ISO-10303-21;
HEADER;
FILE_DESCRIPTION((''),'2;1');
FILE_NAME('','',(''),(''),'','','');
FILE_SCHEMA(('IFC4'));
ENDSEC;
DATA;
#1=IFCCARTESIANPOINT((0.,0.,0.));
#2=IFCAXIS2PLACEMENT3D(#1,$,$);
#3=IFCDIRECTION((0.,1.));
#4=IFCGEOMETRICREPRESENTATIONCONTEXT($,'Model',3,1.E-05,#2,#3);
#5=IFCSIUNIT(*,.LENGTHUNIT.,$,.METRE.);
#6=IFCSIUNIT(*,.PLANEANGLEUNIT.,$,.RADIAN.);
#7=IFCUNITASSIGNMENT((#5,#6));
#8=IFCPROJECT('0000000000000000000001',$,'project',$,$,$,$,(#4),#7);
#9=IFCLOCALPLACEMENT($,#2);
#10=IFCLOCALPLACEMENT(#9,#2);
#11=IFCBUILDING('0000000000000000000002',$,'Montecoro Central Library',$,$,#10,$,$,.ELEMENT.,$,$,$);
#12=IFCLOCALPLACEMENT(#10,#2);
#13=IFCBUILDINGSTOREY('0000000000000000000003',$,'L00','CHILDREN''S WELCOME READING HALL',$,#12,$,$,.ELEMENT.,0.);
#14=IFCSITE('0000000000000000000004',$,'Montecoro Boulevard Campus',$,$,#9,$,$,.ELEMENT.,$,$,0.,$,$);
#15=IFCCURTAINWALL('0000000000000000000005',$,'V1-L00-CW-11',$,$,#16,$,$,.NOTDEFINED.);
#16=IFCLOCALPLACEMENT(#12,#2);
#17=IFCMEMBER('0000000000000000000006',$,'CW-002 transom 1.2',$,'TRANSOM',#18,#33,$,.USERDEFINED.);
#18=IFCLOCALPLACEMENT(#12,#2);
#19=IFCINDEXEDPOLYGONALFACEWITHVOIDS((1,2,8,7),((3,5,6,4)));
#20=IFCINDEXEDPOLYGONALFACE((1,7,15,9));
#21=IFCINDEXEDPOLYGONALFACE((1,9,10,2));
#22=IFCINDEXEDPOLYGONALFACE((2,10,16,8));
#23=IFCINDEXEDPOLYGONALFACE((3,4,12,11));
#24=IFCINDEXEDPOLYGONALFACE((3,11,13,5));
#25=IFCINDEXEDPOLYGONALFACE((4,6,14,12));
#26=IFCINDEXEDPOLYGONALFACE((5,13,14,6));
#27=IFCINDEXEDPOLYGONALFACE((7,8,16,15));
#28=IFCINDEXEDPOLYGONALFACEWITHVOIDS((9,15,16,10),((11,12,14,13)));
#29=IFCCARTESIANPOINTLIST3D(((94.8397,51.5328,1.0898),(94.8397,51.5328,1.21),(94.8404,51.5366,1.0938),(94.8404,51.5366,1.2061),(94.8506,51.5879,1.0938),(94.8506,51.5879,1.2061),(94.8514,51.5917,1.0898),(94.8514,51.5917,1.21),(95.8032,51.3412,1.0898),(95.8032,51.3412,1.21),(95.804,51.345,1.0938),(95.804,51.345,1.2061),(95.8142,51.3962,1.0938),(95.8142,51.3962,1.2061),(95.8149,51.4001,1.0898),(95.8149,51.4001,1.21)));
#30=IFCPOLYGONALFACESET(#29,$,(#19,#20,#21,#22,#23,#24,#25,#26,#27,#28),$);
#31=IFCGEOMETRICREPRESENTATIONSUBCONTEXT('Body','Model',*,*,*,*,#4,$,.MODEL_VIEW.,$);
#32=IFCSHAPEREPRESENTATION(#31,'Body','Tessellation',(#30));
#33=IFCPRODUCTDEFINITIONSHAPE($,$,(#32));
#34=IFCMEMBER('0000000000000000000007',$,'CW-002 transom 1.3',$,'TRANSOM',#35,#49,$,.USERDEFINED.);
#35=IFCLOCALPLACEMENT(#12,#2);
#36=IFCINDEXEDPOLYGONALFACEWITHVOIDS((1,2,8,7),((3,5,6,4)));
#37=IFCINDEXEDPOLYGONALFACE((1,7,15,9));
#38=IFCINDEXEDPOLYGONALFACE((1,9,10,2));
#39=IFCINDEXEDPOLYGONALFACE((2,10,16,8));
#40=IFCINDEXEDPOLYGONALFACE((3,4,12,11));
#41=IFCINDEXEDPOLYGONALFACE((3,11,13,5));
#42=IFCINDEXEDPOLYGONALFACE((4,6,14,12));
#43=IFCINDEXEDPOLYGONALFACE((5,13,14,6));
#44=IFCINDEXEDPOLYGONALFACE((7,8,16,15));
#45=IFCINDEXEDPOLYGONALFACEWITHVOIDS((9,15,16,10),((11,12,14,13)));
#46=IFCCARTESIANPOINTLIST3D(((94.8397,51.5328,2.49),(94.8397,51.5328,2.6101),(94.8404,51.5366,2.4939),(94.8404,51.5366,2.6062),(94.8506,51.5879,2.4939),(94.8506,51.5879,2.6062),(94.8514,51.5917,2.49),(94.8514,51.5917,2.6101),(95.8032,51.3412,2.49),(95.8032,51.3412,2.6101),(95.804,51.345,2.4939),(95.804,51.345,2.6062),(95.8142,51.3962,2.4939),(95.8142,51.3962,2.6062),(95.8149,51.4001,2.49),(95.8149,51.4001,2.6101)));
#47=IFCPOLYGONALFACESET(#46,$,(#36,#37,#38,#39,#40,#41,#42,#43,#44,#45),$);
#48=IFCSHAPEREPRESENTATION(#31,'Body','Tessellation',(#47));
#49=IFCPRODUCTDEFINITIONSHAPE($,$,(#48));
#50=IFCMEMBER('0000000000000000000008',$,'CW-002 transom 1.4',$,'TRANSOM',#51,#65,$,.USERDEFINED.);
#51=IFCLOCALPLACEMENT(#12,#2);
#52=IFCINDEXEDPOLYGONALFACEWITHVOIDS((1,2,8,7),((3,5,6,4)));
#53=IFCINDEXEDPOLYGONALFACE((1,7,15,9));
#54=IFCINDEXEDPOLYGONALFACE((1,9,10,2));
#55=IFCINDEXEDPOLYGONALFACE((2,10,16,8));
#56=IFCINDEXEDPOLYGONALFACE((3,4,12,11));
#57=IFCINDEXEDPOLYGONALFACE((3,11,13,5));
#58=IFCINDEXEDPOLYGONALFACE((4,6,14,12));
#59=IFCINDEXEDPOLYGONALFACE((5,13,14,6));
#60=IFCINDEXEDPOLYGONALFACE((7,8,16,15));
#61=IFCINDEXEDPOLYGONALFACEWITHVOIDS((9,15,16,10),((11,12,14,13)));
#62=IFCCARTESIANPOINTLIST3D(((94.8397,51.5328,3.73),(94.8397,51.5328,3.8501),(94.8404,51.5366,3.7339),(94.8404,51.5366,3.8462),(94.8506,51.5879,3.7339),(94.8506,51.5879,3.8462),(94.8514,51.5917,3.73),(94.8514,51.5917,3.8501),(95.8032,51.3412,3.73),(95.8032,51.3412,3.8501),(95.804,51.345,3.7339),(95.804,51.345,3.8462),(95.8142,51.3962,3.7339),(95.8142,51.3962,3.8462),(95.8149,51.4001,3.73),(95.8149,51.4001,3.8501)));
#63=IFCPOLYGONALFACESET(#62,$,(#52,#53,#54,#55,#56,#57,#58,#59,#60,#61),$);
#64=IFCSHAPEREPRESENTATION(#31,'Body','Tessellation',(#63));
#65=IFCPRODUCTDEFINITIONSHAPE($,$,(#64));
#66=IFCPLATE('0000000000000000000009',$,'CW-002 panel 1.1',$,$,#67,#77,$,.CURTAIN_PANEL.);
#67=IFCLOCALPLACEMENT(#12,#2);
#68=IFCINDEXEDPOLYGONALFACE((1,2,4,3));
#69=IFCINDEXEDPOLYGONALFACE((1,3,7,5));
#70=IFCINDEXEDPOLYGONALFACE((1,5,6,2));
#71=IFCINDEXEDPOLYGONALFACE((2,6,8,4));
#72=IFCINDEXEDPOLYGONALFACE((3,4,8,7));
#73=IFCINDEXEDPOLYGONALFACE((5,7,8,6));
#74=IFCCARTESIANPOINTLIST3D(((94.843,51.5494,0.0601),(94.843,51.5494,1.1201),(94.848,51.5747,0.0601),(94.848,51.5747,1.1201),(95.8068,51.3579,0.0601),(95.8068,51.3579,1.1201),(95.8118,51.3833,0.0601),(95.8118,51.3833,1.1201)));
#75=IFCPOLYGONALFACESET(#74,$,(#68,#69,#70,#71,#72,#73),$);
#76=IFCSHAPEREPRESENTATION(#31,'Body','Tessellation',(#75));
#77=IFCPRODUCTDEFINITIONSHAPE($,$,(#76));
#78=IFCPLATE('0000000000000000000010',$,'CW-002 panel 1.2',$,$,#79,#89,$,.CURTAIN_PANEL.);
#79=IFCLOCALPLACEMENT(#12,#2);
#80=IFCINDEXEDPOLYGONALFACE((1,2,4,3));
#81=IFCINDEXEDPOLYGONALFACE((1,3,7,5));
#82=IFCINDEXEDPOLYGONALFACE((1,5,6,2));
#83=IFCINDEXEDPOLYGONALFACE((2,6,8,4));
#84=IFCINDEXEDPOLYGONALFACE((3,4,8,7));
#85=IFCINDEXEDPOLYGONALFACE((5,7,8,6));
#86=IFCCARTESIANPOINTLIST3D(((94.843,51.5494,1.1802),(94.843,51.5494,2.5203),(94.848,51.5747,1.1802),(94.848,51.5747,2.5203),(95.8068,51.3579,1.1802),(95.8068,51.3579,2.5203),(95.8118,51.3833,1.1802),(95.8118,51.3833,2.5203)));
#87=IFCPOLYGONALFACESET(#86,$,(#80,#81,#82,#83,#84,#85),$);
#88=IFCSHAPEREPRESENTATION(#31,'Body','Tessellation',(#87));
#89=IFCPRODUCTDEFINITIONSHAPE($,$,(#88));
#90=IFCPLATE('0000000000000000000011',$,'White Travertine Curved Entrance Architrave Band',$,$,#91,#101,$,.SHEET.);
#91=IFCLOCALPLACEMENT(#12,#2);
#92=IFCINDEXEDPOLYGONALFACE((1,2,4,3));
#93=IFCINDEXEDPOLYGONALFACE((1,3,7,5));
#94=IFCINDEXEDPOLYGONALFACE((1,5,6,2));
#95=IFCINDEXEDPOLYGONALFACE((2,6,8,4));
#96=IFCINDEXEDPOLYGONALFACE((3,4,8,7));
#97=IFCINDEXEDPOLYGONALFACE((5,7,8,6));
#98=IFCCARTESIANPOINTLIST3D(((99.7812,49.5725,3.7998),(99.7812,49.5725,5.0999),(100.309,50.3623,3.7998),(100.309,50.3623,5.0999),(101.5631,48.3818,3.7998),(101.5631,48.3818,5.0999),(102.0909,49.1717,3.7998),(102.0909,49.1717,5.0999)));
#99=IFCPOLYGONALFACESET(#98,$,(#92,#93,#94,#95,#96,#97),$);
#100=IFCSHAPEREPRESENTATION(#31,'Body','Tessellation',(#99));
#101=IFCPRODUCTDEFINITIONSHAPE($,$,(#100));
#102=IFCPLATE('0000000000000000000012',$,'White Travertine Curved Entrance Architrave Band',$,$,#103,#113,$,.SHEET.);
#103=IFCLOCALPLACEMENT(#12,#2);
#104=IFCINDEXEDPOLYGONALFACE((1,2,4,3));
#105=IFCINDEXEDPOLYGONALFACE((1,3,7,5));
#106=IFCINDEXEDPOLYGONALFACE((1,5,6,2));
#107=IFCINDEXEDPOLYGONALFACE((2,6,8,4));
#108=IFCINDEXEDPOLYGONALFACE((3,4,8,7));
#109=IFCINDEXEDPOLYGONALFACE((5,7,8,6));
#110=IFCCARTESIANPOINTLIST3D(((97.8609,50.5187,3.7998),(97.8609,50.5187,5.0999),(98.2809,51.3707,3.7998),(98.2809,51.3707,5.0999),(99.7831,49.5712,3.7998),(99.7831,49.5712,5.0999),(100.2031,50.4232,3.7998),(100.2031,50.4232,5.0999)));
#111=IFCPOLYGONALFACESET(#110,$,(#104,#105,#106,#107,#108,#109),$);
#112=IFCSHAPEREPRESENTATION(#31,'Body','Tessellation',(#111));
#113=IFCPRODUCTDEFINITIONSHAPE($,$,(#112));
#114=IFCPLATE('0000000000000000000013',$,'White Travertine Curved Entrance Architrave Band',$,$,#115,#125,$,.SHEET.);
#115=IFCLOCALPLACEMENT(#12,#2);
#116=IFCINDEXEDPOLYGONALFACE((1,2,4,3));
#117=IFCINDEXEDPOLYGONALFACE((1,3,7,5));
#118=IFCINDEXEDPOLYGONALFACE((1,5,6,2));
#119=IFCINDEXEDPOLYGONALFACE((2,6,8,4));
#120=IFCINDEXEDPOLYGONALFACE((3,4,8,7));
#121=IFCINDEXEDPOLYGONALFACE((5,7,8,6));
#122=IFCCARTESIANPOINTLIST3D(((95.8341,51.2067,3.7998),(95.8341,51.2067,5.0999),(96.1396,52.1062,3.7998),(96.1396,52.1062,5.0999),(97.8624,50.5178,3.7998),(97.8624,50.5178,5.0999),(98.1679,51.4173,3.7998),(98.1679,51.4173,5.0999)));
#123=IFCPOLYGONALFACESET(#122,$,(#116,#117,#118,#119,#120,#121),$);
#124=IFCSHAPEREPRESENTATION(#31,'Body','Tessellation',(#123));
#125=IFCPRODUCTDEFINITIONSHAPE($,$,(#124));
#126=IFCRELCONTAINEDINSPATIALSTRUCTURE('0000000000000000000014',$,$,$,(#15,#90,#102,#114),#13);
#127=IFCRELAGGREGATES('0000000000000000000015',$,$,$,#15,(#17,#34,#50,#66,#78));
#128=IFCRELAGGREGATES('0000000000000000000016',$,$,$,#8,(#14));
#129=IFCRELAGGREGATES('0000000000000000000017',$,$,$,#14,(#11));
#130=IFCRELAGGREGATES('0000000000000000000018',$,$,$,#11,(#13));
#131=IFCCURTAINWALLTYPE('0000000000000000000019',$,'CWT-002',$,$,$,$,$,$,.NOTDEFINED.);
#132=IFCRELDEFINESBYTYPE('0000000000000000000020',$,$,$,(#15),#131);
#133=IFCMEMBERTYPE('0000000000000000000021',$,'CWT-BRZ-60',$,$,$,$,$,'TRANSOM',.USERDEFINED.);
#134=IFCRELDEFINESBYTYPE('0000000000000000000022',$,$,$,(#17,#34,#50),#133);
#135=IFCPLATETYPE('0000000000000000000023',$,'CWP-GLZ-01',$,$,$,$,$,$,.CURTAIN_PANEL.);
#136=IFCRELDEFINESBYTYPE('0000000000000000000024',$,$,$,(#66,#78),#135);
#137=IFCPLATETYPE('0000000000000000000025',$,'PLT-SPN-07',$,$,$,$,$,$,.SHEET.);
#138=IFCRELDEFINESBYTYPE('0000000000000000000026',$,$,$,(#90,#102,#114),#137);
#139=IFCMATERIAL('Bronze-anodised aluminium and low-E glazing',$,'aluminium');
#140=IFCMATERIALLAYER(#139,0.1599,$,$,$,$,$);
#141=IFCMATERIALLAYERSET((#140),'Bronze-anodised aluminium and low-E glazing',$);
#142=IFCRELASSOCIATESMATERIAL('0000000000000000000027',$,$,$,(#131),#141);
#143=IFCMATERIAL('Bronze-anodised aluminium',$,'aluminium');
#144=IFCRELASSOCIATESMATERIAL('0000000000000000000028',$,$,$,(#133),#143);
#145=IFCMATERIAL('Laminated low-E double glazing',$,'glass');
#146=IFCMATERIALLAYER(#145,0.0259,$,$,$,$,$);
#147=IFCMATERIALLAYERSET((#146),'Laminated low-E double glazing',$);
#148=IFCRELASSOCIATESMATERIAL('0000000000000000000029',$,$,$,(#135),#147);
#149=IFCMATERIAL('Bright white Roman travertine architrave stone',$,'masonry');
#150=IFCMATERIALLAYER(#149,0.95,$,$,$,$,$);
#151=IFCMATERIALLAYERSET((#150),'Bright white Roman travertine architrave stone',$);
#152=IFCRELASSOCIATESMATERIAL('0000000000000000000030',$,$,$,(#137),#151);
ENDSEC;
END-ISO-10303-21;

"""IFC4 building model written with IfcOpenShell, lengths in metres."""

from ifc_helpers import new_model, si_unit, direction, frame, origin, origin_2d, place, context, subcontext, project, spatial, rectangle, hollow_rectangle, extrude, material, layer, layer_set, material_profile, profile_set, type_object, element, aggregate, save


model = new_model("IFC4")

# Units and contexts
model_context = context("Model", 3, precision=1e-05, world=origin(), true_north=direction((0.0, 1.0)))
body_context = subcontext(model_context, "Body", "Model", "MODEL_VIEW")
ifc_project = project(units=[si_unit("LENGTHUNIT", "METRE"), si_unit("PLANEANGLEUNIT", "RADIAN")], contexts=[model_context])

# Site, building, storey
site_placement = place(None, origin())
site = spatial("IfcSite", under=ifc_project, at=site_placement, Name="Montecoro Boulevard Campus", CompositionType="ELEMENT", RefElevation=0.0)
building_placement = place(site_placement, origin())
building = spatial("IfcBuilding", under=site, at=building_placement, Name="Montecoro Central Library", CompositionType="ELEMENT")
storey_placement = place(building_placement, origin())
storey = spatial("IfcBuildingStorey", under=building, at=storey_placement, Name="L00", Description="CHILDREN'S WELCOME READING HALL", CompositionType="ELEMENT", Elevation=0.0)

# Curtain wall, members, plates
ifc_material_1 = material(Name="Bronze-anodised aluminium and low-E glazing", Category="aluminium")
ifc_layer_1 = layer(ifc_material_1, 0.1599)
ifc_layer_set_1 = layer_set([ifc_layer_1], Name="Bronze-anodised aluminium and low-E glazing")
curtain_wall_type = type_object("IfcCurtainWallType", Name="CWT-002", PredefinedType="NOTDEFINED", material=ifc_layer_set_1)
curtain_wall_placement = place(storey_placement, origin())
curtain_wall = element("IfcCurtainWall", 1, at=curtain_wall_placement, inside=storey, type_object=curtain_wall_type, Name="V1-L00-CW-11", PredefinedType="NOTDEFINED")
ifc_material_2 = material(Name="Bronze-anodised aluminium", Category="aluminium")
ifc_material_profile_1 = material_profile(ifc_material_2, hollow_rectangle(XDim=0.0601, YDim=0.1201, WallThickness=0.0039, at=origin_2d()), Name="CWT 120x60x4.0")
ifc_profile_set_1 = profile_set([ifc_material_profile_1], Name="Bronze-anodised aluminium")
member_type_1 = type_object("IfcMemberType", Name="CWT-BRZ-60", ElementType="TRANSOM", PredefinedType="USERDEFINED", material=ifc_profile_set_1)
member_1_placement = place(storey_placement, frame((95.8091, 51.3706, 1.1499), z_axis=(-0.98079, 0.195065, 0.0), x_axis=(-0.195065, -0.98079, 0.0)))
member_1 = element("IfcMember", 2, at=member_1_placement, type_object=member_type_1, Name="CW-002 transom 1.2", ObjectType="TRANSOM", PredefinedType="USERDEFINED", context=body_context, shape_type="SweptSolid", body=[
    extrude(hollow_rectangle(XDim=0.0601, YDim=0.1201, WallThickness=0.0039, at=origin_2d()), origin(), (0.0, 0.0, 1.0), 0.9824),
])
member_2_placement = place(storey_placement, frame((95.8091, 51.3706, 2.55), z_axis=(-0.98079, 0.195065, 0.0), x_axis=(-0.195065, -0.98079, 0.0)))
member_2 = element("IfcMember", 3, at=member_2_placement, type_object=member_type_1, Name="CW-002 transom 1.3", ObjectType="TRANSOM", PredefinedType="USERDEFINED", context=body_context, shape_type="SweptSolid", body=[
    extrude(hollow_rectangle(XDim=0.0601, YDim=0.1201, WallThickness=0.0039, at=origin_2d()), origin(), (0.0, 0.0, 1.0), 0.9824),
])
member_3_placement = place(storey_placement, frame((95.8091, 51.3706, 3.79), z_axis=(-0.98079, 0.195065, 0.0), x_axis=(-0.195065, -0.98079, 0.0)))
member_3 = element("IfcMember", 4, at=member_3_placement, type_object=member_type_1, Name="CW-002 transom 1.4", ObjectType="TRANSOM", PredefinedType="USERDEFINED", context=body_context, shape_type="SweptSolid", body=[
    extrude(hollow_rectangle(XDim=0.0601, YDim=0.1201, WallThickness=0.0039, at=origin_2d()), origin(), (0.0, 0.0, 1.0), 0.9824),
])
ifc_material_3 = material(Name="Laminated low-E double glazing", Category="glass")
ifc_layer_2 = layer(ifc_material_3, 0.0259)
ifc_layer_set_2 = layer_set([ifc_layer_2], Name="Laminated low-E double glazing")
plate_type_1 = type_object("IfcPlateType", Name="CWP-GLZ-01", PredefinedType="CURTAIN_PANEL", material=ifc_layer_set_2)
plate_1_placement = place(storey_placement, frame((95.3274, 51.4663, 0.0601), z_axis=(0.0, 0.0, 1.0), x_axis=(-0.980831, 0.194861, 0.0)))
plate_1 = element("IfcPlate", 5, at=plate_1_placement, type_object=plate_type_1, Name="CW-002 panel 1.1", PredefinedType="CURTAIN_PANEL", context=body_context, shape_type="SweptSolid", body=[
    extrude(rectangle(XDim=0.9827, YDim=0.0259, at=origin_2d()), origin(), (0.0, 0.0, 1.0), 1.0601),
])
plate_2_placement = place(storey_placement, frame((95.3274, 51.4663, 1.1802), z_axis=(0.0, 0.0, 1.0), x_axis=(-0.980831, 0.194861, 0.0)))
plate_2 = element("IfcPlate", 6, at=plate_2_placement, type_object=plate_type_1, Name="CW-002 panel 1.2", PredefinedType="CURTAIN_PANEL", context=body_context, shape_type="SweptSolid", body=[
    extrude(rectangle(XDim=0.9827, YDim=0.0259, at=origin_2d()), origin(), (0.0, 0.0, 1.0), 1.3401),
])
aggregate(curtain_wall, [member_1, member_2, member_3, plate_1, plate_2])

# Plates
ifc_material_4 = material(Name="Bright white Roman travertine architrave stone", Category="masonry")
ifc_layer_3 = layer(ifc_material_4, 0.95)
ifc_layer_set_3 = layer_set([ifc_layer_3], Name="Bright white Roman travertine architrave stone")
plate_type_2 = type_object("IfcPlateType", Name="PLT-SPN-07", PredefinedType="SHEET", material=ifc_layer_set_3)
for number, where, z_axis, x_axis, name in (
    (7, (100.936, 49.3721, 3.7998), (0.0, 0.0, 1.0), (-0.83147, 0.55557, 0.0), "White Travertine Curved Entrance Architrave Band"),
    (8, (99.032, 50.4709, 3.7998), (0.0, 0.0, 1.0), (-0.89695, 0.442132, 0.0), "White Travertine Curved Entrance Architrave Band"),
):
    element("IfcPlate", number, at=place(storey_placement, frame(where, z_axis=z_axis, x_axis=x_axis)), inside=storey, type_object=plate_type_2, Name=name, PredefinedType="SHEET", context=body_context, shape_type="SweptSolid", body=[
        extrude(rectangle(XDim=2.1431, YDim=0.95, at=origin_2d()), origin(), (0.0, 0.0, 1.0), 1.3),
    ])
plate_3_placement = place(storey_placement, frame((97.001, 51.312, 3.7998), z_axis=(0.0, 0.0, 1.0), x_axis=(-0.946874, 0.321605, 0.0)))
element("IfcPlate", 9, at=plate_3_placement, inside=storey, type_object=plate_type_2, Name="White Travertine Curved Entrance Architrave Band", PredefinedType="SHEET", context=body_context, shape_type="SweptSolid", body=[
    extrude(rectangle(XDim=2.1421, YDim=0.95, at=origin_2d()), origin(), (0.0, 0.0, 1.0), 1.3),
])

save(model, "model.ifc")
